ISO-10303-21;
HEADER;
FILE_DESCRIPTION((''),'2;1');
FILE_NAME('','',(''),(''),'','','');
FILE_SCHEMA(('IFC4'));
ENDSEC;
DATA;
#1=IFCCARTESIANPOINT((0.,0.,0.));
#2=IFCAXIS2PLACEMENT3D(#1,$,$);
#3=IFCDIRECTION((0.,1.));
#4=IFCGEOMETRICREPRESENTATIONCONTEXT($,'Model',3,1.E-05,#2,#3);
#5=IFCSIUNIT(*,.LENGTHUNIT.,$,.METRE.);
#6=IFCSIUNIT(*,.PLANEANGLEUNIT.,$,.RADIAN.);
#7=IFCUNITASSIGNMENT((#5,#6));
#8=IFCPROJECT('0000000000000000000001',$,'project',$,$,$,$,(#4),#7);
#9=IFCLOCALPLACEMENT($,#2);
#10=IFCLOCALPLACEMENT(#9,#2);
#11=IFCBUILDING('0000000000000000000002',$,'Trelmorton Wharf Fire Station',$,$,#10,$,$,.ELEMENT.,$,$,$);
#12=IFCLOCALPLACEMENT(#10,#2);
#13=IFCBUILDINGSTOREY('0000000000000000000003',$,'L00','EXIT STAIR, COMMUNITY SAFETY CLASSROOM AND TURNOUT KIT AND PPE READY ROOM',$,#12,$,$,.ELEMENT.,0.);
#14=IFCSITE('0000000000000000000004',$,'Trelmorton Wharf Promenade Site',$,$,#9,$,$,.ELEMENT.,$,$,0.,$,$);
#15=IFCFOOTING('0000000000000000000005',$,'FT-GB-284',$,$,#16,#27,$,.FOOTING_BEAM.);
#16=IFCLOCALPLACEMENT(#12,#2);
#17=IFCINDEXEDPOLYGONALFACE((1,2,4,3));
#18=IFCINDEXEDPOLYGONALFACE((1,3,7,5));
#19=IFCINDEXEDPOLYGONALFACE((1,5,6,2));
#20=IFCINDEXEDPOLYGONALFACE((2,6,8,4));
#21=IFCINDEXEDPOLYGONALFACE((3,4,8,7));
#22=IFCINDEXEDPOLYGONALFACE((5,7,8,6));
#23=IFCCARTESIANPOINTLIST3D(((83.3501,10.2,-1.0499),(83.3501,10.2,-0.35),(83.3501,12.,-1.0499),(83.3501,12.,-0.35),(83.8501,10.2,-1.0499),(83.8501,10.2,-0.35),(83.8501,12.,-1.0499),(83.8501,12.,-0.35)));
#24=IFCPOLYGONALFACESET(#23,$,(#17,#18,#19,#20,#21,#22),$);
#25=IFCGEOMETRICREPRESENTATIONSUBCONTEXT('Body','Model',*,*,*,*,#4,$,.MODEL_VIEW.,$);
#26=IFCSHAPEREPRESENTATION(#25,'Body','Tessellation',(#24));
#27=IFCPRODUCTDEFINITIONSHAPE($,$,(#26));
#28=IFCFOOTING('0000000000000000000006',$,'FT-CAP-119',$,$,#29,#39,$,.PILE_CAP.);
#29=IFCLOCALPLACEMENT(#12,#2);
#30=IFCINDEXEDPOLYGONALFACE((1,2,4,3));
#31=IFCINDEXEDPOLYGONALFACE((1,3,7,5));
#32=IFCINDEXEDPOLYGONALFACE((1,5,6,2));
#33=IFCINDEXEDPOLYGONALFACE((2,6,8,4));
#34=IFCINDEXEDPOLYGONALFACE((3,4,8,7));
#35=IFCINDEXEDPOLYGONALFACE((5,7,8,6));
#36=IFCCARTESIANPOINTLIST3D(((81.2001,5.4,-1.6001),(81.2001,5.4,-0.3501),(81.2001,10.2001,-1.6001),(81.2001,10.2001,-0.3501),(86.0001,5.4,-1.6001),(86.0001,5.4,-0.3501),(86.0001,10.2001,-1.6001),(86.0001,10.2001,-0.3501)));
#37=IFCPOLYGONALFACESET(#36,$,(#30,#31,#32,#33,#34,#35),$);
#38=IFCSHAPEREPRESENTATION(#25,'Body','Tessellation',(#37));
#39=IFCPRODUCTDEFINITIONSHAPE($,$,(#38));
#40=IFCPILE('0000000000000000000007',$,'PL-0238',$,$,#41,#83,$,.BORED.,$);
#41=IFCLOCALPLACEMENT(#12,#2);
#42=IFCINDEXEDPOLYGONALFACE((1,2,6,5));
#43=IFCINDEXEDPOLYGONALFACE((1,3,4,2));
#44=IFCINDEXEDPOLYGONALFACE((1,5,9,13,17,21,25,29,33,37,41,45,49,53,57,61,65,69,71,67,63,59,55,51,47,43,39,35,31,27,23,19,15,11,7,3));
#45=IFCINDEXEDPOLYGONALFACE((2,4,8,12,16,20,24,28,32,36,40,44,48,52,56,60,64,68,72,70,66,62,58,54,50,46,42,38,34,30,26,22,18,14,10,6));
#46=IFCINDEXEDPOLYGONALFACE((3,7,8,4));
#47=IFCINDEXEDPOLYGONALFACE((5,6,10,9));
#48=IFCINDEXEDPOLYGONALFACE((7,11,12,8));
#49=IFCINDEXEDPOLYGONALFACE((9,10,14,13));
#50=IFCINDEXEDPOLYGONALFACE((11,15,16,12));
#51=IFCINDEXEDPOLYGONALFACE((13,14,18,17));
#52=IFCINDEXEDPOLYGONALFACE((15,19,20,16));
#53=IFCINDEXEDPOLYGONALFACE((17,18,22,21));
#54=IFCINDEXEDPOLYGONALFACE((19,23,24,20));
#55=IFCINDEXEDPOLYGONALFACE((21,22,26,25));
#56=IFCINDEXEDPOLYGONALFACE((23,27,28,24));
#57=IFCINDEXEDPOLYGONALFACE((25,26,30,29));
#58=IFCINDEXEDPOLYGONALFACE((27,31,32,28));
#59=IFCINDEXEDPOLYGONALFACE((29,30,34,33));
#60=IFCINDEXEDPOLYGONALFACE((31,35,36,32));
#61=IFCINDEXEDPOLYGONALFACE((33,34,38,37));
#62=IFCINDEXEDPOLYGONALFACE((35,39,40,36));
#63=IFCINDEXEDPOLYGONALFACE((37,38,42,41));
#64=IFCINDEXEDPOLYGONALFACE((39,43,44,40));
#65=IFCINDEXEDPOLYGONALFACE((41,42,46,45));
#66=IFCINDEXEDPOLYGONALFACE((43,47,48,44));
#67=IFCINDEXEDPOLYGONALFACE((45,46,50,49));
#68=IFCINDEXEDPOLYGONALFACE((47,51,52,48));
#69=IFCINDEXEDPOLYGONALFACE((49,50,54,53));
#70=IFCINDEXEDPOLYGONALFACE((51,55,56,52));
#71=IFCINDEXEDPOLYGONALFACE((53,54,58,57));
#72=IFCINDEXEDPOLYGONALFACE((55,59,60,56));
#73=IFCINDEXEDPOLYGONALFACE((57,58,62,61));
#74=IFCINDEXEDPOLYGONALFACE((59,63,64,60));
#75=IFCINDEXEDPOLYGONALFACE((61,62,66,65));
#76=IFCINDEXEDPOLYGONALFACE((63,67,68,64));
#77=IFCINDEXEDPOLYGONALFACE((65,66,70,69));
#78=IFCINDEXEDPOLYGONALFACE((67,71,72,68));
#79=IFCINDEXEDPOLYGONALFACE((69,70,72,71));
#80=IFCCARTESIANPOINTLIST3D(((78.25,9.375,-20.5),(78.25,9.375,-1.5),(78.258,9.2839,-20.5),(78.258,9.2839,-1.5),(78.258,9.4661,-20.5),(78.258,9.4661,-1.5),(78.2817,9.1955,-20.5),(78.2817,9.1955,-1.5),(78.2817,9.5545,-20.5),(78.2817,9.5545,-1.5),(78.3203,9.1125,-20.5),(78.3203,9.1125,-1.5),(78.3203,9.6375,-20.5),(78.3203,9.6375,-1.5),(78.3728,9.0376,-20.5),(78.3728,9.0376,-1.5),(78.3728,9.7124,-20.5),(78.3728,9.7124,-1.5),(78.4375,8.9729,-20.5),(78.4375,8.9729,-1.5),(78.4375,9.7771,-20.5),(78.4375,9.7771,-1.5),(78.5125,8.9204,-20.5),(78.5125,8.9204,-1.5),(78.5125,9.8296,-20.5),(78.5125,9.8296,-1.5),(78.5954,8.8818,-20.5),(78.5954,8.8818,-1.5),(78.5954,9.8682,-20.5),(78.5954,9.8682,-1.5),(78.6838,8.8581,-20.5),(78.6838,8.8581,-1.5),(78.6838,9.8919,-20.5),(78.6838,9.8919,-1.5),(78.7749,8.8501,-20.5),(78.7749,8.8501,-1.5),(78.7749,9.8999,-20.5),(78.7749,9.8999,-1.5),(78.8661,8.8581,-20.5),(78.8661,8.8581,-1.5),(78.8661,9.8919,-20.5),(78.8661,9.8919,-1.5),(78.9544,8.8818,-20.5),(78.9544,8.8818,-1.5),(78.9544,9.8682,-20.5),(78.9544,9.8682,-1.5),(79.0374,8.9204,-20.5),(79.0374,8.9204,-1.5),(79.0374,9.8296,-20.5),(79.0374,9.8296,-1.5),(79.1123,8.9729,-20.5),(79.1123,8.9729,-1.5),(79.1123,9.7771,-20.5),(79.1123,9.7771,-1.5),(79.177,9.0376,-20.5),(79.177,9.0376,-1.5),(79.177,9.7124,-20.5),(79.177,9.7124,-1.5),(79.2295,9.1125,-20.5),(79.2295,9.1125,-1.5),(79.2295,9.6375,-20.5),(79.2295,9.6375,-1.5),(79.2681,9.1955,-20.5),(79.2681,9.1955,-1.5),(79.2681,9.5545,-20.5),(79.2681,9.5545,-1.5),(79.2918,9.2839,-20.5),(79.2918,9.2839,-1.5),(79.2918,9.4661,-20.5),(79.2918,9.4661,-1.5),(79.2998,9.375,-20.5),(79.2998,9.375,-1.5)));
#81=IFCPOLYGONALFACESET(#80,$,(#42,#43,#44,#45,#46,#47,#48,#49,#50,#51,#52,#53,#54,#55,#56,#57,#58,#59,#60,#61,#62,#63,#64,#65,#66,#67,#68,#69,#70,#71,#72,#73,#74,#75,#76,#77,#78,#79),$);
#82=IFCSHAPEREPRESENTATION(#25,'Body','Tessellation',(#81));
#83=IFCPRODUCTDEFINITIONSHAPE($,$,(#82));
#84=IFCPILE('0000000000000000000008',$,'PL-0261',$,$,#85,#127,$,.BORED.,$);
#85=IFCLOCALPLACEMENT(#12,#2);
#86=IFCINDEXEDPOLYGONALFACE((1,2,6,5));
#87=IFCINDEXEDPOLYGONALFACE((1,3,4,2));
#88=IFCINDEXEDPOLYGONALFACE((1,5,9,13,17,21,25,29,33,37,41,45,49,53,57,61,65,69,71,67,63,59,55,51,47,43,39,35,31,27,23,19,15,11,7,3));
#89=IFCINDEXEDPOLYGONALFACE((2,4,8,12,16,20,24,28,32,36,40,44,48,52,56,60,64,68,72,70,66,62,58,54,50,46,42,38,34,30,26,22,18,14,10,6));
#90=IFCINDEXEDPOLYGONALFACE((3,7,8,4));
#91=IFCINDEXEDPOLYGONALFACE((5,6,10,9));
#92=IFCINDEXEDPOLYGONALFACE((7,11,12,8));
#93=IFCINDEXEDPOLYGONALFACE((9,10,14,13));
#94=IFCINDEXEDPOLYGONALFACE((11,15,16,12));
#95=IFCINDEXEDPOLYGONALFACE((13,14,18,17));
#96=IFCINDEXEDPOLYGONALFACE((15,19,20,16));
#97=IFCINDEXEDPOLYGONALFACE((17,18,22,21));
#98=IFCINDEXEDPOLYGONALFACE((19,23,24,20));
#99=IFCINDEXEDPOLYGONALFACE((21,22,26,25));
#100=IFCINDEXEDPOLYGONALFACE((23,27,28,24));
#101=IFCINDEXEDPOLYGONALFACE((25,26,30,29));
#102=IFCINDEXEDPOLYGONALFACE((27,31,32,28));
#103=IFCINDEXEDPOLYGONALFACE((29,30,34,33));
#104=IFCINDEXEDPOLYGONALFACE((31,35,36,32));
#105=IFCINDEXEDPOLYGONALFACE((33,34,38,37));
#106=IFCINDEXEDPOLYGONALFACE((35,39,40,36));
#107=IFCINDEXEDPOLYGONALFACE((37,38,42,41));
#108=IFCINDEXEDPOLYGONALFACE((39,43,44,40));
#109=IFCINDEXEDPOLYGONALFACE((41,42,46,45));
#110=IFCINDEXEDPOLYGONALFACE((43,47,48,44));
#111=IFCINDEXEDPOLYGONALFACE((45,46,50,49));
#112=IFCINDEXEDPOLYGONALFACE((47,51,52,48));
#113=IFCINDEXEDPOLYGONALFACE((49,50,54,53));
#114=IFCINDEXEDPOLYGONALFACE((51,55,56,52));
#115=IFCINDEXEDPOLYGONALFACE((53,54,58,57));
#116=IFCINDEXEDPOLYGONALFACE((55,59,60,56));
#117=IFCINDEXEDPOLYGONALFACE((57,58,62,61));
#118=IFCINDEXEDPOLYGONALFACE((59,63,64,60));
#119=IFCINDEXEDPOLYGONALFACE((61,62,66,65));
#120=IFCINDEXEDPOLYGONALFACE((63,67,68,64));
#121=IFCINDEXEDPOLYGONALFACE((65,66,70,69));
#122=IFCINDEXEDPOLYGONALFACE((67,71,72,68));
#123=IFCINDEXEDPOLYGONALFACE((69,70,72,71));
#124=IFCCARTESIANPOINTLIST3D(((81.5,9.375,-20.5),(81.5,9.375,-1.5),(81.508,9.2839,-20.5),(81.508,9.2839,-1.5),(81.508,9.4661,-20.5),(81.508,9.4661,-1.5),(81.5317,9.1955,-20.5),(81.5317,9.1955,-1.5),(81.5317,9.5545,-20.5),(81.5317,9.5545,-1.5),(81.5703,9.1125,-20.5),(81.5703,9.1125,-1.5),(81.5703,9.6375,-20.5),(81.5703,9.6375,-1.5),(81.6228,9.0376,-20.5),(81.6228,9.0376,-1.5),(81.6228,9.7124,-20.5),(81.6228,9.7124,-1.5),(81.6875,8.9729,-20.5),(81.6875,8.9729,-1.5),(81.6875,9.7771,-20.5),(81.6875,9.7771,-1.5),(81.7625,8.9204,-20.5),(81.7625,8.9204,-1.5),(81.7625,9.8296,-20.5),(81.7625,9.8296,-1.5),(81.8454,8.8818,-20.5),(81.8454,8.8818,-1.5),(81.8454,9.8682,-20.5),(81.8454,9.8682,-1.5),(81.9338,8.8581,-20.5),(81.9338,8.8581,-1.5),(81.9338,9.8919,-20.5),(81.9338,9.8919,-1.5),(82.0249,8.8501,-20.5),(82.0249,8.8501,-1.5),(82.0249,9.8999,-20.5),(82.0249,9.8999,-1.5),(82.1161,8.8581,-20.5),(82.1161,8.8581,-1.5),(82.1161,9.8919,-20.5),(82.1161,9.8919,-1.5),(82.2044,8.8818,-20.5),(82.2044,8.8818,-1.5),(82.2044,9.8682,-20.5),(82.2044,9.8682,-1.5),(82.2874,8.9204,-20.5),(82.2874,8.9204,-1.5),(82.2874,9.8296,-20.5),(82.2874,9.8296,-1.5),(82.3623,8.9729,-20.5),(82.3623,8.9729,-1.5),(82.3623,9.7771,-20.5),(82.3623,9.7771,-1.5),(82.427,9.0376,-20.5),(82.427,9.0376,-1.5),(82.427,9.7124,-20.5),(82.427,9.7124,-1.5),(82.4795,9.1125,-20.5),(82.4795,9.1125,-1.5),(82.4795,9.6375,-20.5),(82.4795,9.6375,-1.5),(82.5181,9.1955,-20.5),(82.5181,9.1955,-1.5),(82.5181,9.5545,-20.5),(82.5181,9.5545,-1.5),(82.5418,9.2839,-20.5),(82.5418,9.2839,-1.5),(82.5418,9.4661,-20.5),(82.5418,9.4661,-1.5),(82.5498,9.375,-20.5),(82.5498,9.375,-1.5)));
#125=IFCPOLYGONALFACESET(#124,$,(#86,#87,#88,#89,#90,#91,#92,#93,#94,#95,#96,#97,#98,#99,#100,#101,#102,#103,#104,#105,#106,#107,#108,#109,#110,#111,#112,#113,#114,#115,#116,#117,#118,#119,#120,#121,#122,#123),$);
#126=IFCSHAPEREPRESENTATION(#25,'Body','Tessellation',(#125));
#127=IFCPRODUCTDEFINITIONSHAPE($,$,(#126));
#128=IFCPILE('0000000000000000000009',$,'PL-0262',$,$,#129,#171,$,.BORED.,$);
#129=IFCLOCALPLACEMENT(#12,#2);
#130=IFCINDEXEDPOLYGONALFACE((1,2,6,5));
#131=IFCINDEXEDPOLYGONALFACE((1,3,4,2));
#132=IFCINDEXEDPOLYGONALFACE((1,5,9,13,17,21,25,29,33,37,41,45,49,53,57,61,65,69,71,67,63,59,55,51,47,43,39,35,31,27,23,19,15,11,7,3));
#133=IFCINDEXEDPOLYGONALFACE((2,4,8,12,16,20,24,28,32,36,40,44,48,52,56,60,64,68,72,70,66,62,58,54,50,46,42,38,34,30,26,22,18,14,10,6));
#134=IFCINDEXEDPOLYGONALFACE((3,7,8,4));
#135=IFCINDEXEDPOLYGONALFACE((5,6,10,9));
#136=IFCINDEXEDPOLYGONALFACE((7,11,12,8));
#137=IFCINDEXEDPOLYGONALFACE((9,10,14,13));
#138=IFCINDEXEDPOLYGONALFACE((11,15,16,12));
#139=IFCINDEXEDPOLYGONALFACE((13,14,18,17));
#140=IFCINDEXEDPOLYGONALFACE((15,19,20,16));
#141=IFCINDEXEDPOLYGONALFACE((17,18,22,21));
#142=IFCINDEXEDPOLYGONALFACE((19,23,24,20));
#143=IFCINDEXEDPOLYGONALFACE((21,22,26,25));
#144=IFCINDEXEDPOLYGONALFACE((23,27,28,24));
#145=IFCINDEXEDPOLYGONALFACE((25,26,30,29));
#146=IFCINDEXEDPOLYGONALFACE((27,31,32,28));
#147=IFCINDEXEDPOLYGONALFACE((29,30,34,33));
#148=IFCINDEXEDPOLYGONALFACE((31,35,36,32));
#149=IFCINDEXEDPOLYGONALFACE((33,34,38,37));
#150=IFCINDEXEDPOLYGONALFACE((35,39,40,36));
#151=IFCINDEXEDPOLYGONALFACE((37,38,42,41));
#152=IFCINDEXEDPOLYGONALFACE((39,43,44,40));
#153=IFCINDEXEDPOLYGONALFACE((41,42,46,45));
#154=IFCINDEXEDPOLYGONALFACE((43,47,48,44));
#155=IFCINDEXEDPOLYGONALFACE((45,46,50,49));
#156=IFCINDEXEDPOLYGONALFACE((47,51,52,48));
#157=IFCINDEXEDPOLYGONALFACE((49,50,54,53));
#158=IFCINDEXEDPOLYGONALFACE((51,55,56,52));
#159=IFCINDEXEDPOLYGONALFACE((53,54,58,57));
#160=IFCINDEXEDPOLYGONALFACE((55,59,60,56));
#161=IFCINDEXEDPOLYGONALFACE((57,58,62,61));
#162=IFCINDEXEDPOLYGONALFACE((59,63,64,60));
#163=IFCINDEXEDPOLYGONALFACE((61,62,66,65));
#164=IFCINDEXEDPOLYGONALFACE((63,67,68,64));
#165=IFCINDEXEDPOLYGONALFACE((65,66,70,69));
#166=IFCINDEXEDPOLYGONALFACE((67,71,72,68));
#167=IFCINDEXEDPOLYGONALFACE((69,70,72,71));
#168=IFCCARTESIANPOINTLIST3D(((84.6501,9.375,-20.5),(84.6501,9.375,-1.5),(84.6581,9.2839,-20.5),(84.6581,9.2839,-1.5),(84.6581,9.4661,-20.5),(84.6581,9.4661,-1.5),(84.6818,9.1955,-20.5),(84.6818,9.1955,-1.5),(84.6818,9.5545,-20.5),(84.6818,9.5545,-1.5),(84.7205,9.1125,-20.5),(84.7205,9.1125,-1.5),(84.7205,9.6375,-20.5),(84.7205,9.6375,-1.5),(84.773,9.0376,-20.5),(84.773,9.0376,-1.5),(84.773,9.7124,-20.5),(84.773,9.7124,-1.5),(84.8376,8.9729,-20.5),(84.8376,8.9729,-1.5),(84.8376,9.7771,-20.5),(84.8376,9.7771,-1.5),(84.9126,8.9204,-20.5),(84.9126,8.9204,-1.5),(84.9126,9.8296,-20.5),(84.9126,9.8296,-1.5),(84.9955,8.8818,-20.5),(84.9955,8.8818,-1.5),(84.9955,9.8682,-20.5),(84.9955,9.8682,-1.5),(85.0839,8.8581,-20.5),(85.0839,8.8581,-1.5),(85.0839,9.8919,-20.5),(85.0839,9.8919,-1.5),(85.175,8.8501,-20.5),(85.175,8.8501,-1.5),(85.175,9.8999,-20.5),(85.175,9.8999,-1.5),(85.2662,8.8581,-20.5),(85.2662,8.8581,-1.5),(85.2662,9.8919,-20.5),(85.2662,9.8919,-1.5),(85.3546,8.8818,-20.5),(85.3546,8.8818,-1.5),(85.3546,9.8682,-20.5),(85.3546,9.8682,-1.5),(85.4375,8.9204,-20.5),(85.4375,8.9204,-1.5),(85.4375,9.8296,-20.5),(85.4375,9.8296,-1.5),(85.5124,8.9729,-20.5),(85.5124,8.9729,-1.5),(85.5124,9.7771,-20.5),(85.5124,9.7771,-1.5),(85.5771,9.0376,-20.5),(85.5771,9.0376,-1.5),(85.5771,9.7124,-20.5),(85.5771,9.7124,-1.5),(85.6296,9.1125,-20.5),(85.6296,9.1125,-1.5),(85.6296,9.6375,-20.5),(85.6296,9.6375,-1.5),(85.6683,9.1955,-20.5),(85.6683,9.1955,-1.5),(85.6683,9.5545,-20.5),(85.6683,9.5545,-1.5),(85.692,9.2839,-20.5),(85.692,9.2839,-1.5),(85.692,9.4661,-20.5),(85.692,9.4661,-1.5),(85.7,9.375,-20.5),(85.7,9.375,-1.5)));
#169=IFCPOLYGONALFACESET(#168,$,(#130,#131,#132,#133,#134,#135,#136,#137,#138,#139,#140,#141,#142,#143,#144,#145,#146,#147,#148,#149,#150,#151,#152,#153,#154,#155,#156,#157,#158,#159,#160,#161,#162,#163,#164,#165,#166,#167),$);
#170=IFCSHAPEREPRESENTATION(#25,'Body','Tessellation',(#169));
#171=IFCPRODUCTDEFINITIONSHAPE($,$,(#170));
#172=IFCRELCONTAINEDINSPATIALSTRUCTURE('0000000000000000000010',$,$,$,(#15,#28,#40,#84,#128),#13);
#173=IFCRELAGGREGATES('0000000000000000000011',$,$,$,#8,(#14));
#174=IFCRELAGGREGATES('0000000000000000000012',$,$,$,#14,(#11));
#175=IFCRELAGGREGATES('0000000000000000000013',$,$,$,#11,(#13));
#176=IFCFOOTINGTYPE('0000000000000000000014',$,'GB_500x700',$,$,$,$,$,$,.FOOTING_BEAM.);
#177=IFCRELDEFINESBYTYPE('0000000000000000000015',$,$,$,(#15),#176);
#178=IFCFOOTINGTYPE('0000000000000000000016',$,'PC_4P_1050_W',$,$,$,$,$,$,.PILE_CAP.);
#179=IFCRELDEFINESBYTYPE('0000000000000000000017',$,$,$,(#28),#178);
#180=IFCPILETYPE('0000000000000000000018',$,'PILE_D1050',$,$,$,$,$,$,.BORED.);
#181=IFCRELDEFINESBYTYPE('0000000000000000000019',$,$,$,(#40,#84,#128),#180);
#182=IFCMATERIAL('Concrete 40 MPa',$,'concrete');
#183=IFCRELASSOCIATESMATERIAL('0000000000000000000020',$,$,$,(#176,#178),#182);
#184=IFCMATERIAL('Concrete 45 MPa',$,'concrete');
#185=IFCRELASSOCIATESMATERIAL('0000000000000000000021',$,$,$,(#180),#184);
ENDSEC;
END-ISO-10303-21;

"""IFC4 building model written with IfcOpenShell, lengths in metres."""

from ifc_helpers import new_model, si_unit, direction, frame, origin, origin_2d, place, context, subcontext, project, spatial, rectangle, circle, extrude, material, material_profile, profile_set, type_object, element, save


model = new_model("IFC4")

# Units and contexts
model_context = context("Model", 3, precision=1e-05, world=origin(), true_north=direction((0.0, 1.0)))
body_context = subcontext(model_context, "Body", "Model", "MODEL_VIEW")
ifc_project = project(units=[si_unit("LENGTHUNIT", "METRE"), si_unit("PLANEANGLEUNIT", "RADIAN")], contexts=[model_context])

# Site, building, storey
site_placement = place(None, origin())
site = spatial("IfcSite", under=ifc_project, at=site_placement, Name="Trelmorton Wharf Promenade Site", CompositionType="ELEMENT", RefElevation=0.0)
building_placement = place(site_placement, origin())
building = spatial("IfcBuilding", under=site, at=building_placement, Name="Trelmorton Wharf Fire Station", CompositionType="ELEMENT")
storey_placement = place(building_placement, origin())
storey = spatial("IfcBuildingStorey", under=building, at=storey_placement, Name="L00", Description="EXIT STAIR, COMMUNITY SAFETY CLASSROOM AND TURNOUT KIT AND PPE READY ROOM", CompositionType="ELEMENT", Elevation=0.0)

# Footings
ifc_material_1 = material(Name="Concrete 40 MPa", Category="concrete")
ifc_material_profile_1 = material_profile(ifc_material_1, rectangle(XDim=0.5, YDim=0.7, at=origin_2d()), Name="RC500x700")
ifc_profile_set_1 = profile_set([ifc_material_profile_1], Name="Concrete 40 MPa")
footing_type_1 = type_object("IfcFootingType", Name="GB_500x700", PredefinedType="FOOTING_BEAM", material=ifc_profile_set_1)
footing_1_placement = place(storey_placement, frame((83.6001, 10.2, -0.7), z_axis=(0.0, 1.0, 0.0), x_axis=(-1.0, 0.0, 0.0)))
element("IfcFooting", 1, at=footing_1_placement, inside=storey, type_object=footing_type_1, Name="FT-GB-284", PredefinedType="FOOTING_BEAM", context=body_context, shape_type="SweptSolid", body=[
    extrude(rectangle(XDim=0.5, YDim=0.7, at=origin_2d()), origin(), (0.0, 0.0, 1.0), 1.8),
])
footing_type_2 = type_object("IfcFootingType", Name="PC_4P_1050_W", PredefinedType="PILE_CAP", material=ifc_material_1)
footing_2_placement = place(storey_placement, frame((83.6001, 7.8, -1.6001), z_axis=(0.0, 0.0, 1.0), x_axis=(1.0, 0.0, 0.0)))
element("IfcFooting", 2, at=footing_2_placement, inside=storey, type_object=footing_type_2, Name="FT-CAP-119", PredefinedType="PILE_CAP", context=body_context, shape_type="SweptSolid", body=[
    extrude(rectangle(XDim=4.8, YDim=4.8, at=origin_2d()), origin(), (0.0, 0.0, 1.0), 1.25),
])

# Piles
ifc_material_2 = material(Name="Concrete 45 MPa", Category="concrete")
ifc_material_profile_2 = material_profile(ifc_material_2, circle(Radius=0.5249, at=origin_2d()), Name="PILE-D1050")
ifc_profile_set_2 = profile_set([ifc_material_profile_2], Name="Concrete 45 MPa")
pile_type = type_object("IfcPileType", Name="PILE_D1050", PredefinedType="BORED", material=ifc_profile_set_2)
for number, where, z_axis, x_axis, name in (
    (3, (78.7749, 9.375, -1.5), (0.0, 0.0, -1.0), (1.0, 0.0, 0.0), "PL-0238"),
    (4, (82.0249, 9.375, -1.5), (0.0, 0.0, -1.0), (1.0, 0.0, 0.0), "PL-0261"),
    (5, (85.175, 9.375, -1.5), (0.0, 0.0, -1.0), (1.0, 0.0, 0.0), "PL-0262"),
):
    element("IfcPile", number, at=place(storey_placement, frame(where, z_axis=z_axis, x_axis=x_axis)), inside=storey, type_object=pile_type, Name=name, PredefinedType="BORED", context=body_context, shape_type="SweptSolid", body=[
        extrude(circle(Radius=0.5249, at=origin_2d()), origin(), (0.0, 0.0, 1.0), 19.0),
    ])

save(model, "model.ifc")
